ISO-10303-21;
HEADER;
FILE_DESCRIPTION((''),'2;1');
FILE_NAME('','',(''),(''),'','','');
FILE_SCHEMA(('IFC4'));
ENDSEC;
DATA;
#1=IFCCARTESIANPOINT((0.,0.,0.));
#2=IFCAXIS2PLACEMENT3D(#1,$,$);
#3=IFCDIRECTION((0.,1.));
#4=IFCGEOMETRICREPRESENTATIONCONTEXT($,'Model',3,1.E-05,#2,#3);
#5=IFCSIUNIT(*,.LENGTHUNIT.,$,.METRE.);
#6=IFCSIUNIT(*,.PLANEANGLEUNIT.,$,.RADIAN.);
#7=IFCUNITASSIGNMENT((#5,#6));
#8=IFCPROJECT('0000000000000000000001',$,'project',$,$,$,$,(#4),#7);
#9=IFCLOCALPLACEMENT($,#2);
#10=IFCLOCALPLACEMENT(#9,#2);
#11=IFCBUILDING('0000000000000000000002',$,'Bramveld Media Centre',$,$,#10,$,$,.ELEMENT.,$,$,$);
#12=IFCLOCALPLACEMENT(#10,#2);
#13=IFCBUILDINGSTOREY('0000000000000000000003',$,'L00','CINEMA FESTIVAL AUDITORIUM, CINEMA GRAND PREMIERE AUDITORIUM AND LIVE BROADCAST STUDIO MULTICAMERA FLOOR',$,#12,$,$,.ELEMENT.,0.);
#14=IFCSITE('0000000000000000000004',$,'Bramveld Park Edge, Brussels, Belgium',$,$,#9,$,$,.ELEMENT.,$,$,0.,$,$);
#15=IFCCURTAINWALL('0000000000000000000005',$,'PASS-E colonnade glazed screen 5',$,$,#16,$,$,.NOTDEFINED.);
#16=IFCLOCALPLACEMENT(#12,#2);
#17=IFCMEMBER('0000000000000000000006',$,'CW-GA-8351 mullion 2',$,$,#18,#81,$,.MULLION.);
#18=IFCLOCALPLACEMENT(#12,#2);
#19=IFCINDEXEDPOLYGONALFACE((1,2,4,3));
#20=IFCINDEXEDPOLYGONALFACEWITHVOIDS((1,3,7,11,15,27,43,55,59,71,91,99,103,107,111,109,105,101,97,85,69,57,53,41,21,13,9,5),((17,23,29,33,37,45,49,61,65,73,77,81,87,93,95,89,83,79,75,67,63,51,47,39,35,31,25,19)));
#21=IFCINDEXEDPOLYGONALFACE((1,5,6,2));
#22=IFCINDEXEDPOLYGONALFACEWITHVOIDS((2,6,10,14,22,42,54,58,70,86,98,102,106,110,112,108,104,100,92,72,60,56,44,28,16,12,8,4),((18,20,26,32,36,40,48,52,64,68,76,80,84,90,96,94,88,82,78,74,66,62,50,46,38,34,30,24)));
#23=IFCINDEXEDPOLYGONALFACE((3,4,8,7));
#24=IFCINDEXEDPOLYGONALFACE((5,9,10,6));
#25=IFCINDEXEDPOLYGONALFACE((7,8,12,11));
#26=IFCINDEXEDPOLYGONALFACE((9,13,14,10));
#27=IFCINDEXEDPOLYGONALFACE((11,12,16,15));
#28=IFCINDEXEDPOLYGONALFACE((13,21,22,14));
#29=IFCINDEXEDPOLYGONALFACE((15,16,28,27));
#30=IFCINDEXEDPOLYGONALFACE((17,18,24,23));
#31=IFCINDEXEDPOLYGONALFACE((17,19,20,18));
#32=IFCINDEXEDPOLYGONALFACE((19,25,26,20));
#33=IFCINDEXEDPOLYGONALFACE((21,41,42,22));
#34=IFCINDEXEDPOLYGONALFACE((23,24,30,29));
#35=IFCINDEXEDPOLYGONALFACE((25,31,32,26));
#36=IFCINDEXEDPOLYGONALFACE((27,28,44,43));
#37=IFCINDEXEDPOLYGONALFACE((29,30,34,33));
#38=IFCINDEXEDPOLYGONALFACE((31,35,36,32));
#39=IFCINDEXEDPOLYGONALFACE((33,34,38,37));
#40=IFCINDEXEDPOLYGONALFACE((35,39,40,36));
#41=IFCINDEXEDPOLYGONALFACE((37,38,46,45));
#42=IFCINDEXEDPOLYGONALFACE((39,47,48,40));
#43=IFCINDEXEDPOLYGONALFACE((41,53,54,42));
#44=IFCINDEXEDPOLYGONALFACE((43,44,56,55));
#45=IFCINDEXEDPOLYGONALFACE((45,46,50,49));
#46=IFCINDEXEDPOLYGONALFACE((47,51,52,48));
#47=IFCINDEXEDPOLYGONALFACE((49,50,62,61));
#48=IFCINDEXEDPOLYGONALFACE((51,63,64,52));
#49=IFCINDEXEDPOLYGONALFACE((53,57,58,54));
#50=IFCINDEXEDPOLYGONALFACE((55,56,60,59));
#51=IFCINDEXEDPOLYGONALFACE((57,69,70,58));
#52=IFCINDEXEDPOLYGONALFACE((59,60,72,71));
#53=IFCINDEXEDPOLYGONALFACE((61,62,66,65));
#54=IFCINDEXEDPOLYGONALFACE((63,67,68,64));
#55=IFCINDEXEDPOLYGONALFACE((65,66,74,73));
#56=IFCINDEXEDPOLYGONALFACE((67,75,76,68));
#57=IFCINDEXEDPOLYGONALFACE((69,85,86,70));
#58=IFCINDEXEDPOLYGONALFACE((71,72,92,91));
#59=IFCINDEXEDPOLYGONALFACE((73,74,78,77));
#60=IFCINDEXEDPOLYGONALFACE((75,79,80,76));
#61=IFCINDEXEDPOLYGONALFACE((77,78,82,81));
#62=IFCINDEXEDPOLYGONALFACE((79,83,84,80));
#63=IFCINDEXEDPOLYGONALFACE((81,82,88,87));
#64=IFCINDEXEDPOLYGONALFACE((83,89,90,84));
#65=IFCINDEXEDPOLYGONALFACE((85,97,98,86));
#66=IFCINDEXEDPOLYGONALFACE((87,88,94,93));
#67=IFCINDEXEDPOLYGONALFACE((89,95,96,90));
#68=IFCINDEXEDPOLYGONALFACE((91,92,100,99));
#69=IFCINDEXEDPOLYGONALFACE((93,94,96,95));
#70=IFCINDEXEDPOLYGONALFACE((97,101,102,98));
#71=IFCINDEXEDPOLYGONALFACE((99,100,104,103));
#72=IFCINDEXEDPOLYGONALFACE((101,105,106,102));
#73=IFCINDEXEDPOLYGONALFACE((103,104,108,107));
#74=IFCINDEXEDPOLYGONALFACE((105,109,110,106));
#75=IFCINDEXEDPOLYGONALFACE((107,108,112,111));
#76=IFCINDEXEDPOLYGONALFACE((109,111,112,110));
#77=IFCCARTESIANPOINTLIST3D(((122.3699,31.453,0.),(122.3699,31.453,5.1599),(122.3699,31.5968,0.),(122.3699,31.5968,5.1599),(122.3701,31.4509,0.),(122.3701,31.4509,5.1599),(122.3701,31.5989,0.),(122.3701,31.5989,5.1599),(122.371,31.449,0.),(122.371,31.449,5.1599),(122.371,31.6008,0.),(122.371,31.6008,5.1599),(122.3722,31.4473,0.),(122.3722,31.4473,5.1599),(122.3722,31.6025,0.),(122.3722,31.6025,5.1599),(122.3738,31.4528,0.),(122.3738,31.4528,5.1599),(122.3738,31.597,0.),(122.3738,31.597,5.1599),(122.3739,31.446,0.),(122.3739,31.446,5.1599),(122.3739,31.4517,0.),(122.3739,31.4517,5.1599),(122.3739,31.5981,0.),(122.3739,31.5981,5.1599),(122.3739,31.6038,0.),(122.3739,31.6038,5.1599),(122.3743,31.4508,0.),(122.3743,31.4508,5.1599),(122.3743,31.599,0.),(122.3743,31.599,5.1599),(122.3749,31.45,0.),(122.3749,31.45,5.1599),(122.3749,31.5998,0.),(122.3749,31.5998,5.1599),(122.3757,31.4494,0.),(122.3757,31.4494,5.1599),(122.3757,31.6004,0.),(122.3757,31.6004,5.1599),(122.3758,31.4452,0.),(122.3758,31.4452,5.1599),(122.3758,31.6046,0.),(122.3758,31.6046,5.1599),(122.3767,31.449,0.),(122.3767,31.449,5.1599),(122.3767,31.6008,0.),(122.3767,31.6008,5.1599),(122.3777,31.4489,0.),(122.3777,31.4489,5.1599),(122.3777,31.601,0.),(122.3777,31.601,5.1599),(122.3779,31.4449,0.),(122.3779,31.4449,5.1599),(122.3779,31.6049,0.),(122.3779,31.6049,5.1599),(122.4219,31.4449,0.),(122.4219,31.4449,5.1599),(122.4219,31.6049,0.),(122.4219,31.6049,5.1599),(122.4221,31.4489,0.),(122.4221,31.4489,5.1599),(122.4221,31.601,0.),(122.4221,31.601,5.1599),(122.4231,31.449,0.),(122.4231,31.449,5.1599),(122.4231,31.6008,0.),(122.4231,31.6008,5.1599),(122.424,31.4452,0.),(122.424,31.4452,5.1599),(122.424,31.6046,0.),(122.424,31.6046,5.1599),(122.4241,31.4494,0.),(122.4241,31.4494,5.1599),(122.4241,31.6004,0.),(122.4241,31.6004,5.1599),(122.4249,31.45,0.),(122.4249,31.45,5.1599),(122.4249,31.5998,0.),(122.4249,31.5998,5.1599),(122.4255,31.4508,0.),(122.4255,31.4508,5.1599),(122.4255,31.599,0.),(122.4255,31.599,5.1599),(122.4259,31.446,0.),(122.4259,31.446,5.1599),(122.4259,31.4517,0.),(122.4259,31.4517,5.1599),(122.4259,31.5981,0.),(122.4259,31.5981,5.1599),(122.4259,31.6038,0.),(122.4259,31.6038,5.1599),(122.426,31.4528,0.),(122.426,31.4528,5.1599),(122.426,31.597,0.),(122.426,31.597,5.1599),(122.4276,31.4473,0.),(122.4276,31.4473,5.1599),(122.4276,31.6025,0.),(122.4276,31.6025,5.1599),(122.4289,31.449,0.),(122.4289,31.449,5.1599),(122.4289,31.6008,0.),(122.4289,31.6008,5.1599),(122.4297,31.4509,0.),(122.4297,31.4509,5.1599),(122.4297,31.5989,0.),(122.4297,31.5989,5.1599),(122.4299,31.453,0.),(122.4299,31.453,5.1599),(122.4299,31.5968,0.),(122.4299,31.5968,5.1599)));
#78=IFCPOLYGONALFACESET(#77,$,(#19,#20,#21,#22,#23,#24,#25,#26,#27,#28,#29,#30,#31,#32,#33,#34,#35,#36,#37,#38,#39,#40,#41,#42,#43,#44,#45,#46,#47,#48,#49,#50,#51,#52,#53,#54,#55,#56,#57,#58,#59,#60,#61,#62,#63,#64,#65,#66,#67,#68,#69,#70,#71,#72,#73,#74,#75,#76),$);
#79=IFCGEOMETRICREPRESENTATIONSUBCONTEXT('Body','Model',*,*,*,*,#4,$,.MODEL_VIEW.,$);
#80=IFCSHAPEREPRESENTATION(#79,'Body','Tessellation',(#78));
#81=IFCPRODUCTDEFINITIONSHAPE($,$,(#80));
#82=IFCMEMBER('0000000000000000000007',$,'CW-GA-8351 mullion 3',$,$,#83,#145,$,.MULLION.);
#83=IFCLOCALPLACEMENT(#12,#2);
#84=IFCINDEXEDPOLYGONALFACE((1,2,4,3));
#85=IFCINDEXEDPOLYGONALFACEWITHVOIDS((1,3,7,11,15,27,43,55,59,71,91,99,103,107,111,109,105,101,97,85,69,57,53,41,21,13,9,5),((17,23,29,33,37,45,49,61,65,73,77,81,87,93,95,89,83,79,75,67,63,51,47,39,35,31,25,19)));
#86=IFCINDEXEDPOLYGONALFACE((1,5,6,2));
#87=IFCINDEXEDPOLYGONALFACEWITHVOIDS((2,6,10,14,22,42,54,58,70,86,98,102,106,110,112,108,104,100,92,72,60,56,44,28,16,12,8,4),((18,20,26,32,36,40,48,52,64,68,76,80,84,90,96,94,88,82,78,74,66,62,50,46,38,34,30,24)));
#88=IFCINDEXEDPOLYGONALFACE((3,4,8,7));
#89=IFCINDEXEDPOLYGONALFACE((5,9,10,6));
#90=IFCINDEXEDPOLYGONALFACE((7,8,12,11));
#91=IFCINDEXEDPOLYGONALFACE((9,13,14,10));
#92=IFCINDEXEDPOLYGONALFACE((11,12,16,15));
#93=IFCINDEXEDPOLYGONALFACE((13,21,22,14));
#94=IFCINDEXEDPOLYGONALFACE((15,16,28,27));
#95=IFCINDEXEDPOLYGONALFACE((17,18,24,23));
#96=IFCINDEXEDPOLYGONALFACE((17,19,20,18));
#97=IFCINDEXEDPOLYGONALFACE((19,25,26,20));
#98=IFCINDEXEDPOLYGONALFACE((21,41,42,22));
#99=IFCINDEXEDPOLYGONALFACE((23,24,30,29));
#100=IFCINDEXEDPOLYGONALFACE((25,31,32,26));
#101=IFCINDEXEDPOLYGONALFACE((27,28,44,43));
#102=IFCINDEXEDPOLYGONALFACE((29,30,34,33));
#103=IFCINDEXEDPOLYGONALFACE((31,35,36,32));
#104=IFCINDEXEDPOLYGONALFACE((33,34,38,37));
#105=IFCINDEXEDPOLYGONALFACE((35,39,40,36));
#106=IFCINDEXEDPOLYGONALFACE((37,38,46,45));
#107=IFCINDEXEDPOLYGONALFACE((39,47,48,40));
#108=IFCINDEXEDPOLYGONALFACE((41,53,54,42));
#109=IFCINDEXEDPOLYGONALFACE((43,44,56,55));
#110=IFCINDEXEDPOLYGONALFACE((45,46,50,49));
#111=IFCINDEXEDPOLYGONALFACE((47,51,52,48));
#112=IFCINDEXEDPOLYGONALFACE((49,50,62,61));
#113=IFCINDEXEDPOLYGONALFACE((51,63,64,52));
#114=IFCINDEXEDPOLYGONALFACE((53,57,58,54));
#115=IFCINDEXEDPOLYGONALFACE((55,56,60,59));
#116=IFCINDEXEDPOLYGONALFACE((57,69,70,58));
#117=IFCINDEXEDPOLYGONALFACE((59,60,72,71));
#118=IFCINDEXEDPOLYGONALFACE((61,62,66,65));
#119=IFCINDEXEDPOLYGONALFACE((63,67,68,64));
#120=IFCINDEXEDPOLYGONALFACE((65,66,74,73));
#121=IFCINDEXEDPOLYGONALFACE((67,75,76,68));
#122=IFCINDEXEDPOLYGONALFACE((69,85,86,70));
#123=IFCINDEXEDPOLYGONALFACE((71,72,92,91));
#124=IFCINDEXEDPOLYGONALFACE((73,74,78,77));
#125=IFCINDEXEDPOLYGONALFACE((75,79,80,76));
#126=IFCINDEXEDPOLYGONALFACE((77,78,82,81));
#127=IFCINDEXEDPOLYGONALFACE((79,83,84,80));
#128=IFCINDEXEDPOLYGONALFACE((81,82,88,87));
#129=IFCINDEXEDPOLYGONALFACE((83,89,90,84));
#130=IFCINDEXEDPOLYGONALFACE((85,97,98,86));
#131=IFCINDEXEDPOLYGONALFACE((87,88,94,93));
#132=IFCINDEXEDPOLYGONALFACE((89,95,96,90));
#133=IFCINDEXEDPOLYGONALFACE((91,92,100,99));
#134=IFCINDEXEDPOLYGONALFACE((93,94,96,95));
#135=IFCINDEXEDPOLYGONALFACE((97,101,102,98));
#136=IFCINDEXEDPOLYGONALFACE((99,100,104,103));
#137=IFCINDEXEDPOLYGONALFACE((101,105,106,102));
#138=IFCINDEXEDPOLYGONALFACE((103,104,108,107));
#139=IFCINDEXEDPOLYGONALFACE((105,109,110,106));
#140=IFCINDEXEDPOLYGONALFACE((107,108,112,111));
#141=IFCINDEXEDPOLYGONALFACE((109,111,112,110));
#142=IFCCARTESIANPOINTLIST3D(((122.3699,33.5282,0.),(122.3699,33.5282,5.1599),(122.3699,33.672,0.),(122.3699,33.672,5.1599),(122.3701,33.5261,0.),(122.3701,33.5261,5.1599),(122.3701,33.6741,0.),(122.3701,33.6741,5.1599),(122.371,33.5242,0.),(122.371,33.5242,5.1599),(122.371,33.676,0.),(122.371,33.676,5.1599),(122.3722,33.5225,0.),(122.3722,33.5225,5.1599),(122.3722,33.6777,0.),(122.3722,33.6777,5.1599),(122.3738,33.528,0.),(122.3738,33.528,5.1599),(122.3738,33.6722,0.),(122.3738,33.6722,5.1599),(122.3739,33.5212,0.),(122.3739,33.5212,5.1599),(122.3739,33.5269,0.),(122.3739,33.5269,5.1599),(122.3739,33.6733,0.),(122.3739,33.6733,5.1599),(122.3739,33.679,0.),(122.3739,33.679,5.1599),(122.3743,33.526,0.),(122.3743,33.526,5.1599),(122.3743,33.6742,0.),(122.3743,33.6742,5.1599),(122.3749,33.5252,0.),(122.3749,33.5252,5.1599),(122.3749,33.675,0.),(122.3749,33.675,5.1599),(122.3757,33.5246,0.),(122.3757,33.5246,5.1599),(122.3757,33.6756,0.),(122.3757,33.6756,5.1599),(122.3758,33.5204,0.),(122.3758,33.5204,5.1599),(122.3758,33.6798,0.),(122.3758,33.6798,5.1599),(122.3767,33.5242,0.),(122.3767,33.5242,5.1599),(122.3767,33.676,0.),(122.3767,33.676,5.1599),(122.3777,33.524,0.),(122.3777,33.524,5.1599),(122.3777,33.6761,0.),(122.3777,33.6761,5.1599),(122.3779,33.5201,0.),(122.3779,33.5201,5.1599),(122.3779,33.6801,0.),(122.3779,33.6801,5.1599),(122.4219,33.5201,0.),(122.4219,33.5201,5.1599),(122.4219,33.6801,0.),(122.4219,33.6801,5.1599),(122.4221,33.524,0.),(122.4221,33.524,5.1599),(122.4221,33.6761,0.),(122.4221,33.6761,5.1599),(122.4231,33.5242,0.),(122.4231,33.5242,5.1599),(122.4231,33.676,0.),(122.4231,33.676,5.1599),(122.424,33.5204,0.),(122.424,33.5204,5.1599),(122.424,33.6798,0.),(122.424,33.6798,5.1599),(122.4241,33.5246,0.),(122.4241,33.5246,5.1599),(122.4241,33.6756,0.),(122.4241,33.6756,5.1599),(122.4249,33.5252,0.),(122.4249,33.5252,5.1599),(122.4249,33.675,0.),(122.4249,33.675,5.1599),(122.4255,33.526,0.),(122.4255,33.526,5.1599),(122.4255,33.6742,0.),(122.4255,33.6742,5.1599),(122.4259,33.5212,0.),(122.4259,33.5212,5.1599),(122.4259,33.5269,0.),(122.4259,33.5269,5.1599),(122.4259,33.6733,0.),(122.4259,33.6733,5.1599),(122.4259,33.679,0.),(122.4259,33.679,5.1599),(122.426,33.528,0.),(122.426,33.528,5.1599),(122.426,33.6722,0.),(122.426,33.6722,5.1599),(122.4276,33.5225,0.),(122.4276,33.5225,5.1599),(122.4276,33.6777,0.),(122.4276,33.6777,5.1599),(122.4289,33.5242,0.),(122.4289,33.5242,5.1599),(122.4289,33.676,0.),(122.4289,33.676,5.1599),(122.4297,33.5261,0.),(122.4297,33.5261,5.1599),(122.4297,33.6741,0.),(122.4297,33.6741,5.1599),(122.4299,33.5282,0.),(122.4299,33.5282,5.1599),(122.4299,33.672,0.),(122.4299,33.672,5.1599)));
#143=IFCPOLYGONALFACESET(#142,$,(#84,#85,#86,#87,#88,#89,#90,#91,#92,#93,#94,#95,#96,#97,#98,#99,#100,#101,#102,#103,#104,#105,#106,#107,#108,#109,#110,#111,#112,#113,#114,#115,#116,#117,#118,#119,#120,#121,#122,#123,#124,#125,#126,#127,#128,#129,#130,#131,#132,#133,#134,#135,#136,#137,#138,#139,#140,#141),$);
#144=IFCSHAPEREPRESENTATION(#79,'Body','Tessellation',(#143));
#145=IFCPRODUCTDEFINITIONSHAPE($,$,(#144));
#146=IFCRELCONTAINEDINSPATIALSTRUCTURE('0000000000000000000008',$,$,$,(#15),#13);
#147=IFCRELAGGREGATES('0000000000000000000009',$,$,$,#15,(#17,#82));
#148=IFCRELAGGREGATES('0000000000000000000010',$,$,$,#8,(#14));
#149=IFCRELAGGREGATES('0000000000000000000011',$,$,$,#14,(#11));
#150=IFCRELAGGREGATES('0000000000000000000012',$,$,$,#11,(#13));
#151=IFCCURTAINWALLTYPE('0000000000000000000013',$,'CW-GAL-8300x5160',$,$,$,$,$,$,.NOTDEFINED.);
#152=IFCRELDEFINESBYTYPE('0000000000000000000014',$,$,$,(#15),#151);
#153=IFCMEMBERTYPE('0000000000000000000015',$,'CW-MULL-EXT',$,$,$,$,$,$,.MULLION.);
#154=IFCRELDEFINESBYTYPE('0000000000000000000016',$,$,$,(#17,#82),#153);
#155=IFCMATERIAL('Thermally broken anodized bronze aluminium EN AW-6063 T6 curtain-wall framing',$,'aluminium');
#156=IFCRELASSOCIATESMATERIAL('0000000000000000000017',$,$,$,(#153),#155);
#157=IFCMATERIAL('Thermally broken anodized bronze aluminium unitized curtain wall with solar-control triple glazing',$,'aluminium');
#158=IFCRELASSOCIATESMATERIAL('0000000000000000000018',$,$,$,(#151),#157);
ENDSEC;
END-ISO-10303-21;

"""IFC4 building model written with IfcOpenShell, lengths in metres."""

from ifc_helpers import new_model, si_unit, direction, frame, origin, origin_2d, place, context, subcontext, project, spatial, hollow_rectangle, extrude, material, material_profile, profile_set, type_object, element, aggregate, save


model = new_model("IFC4")

# Units and contexts
model_context = context("Model", 3, precision=1e-05, world=origin(), true_north=direction((0.0, 1.0)))
body_context = subcontext(model_context, "Body", "Model", "MODEL_VIEW")
ifc_project = project(units=[si_unit("LENGTHUNIT", "METRE"), si_unit("PLANEANGLEUNIT", "RADIAN")], contexts=[model_context])

# Site, building, storey
site_placement = place(None, origin())
site = spatial("IfcSite", under=ifc_project, at=site_placement, Name="Bramveld Park Edge, Brussels, Belgium", CompositionType="ELEMENT", RefElevation=0.0)
building_placement = place(site_placement, origin())
building = spatial("IfcBuilding", under=site, at=building_placement, Name="Bramveld Media Centre", CompositionType="ELEMENT")
storey_placement = place(building_placement, origin())
storey = spatial("IfcBuildingStorey", under=building, at=storey_placement, Name="L00", Description="CINEMA FESTIVAL AUDITORIUM, CINEMA GRAND PREMIERE AUDITORIUM AND LIVE BROADCAST STUDIO MULTICAMERA FLOOR", CompositionType="ELEMENT", Elevation=0.0)

# Shared definitions
ifc_material_1 = material(Name="Thermally broken anodized bronze aluminium EN AW-6063 T6 curtain-wall framing", Category="aluminium")
ifc_material_profile_1 = material_profile(ifc_material_1, hollow_rectangle(XDim=0.0601, YDim=0.1599, WallThickness=0.0039, InnerFilletRadius=0.0039, OuterFilletRadius=0.0081, at=origin_2d()), Name="AL-MULL 60x160")
ifc_profile_set_1 = profile_set([ifc_material_profile_1], Name="Thermally broken anodized bronze aluminium EN AW-6063 T6 curtain-wall framing")
member_type_1 = type_object("IfcMemberType", Name="CW-MULL-EXT", PredefinedType="MULLION", material=ifc_profile_set_1)

# Curtain wall, members
ifc_material_2 = material(Name="Thermally broken anodized bronze aluminium unitized curtain wall with solar-control triple glazing", Category="aluminium")
curtain_wall_type_1 = type_object("IfcCurtainWallType", Name="CW-GAL-8300x5160", PredefinedType="NOTDEFINED", material=ifc_material_2)
curtain_wall_1_placement = place(storey_placement, origin())
curtain_wall_1 = element("IfcCurtainWall", 1, at=curtain_wall_1_placement, inside=storey, type_object=curtain_wall_type_1, Name="PASS-E colonnade glazed screen 5", PredefinedType="NOTDEFINED")
member_1_placement = place(storey_placement, frame((122.3999, 31.5249, 0.0), z_axis=(0.0, 0.0, 1.0), x_axis=(-1.0, 0.0, 0.0)))
member_1 = element("IfcMember", 2, at=member_1_placement, type_object=member_type_1, Name="CW-GA-8351 mullion 2", PredefinedType="MULLION", context=body_context, shape_type="SweptSolid", body=[
    extrude(hollow_rectangle(XDim=0.0601, YDim=0.1599, WallThickness=0.0039, InnerFilletRadius=0.0039, OuterFilletRadius=0.0081, at=origin_2d()), origin(), (0.0, 0.0, 1.0), 5.1599),
])
member_2_placement = place(storey_placement, frame((122.3999, 33.6001, 0.0), z_axis=(0.0, 0.0, 1.0), x_axis=(-1.0, 0.0, 0.0)))
member_2 = element("IfcMember", 3, at=member_2_placement, type_object=member_type_1, Name="CW-GA-8351 mullion 3", PredefinedType="MULLION", context=body_context, shape_type="SweptSolid", body=[
    extrude(hollow_rectangle(XDim=0.0601, YDim=0.1599, WallThickness=0.0039, InnerFilletRadius=0.0039, OuterFilletRadius=0.0081, at=origin_2d()), origin(), (0.0, 0.0, 1.0), 5.1599),
])

aggregate(curtain_wall_1, [member_1, member_2])

save(model, "model.ifc")
